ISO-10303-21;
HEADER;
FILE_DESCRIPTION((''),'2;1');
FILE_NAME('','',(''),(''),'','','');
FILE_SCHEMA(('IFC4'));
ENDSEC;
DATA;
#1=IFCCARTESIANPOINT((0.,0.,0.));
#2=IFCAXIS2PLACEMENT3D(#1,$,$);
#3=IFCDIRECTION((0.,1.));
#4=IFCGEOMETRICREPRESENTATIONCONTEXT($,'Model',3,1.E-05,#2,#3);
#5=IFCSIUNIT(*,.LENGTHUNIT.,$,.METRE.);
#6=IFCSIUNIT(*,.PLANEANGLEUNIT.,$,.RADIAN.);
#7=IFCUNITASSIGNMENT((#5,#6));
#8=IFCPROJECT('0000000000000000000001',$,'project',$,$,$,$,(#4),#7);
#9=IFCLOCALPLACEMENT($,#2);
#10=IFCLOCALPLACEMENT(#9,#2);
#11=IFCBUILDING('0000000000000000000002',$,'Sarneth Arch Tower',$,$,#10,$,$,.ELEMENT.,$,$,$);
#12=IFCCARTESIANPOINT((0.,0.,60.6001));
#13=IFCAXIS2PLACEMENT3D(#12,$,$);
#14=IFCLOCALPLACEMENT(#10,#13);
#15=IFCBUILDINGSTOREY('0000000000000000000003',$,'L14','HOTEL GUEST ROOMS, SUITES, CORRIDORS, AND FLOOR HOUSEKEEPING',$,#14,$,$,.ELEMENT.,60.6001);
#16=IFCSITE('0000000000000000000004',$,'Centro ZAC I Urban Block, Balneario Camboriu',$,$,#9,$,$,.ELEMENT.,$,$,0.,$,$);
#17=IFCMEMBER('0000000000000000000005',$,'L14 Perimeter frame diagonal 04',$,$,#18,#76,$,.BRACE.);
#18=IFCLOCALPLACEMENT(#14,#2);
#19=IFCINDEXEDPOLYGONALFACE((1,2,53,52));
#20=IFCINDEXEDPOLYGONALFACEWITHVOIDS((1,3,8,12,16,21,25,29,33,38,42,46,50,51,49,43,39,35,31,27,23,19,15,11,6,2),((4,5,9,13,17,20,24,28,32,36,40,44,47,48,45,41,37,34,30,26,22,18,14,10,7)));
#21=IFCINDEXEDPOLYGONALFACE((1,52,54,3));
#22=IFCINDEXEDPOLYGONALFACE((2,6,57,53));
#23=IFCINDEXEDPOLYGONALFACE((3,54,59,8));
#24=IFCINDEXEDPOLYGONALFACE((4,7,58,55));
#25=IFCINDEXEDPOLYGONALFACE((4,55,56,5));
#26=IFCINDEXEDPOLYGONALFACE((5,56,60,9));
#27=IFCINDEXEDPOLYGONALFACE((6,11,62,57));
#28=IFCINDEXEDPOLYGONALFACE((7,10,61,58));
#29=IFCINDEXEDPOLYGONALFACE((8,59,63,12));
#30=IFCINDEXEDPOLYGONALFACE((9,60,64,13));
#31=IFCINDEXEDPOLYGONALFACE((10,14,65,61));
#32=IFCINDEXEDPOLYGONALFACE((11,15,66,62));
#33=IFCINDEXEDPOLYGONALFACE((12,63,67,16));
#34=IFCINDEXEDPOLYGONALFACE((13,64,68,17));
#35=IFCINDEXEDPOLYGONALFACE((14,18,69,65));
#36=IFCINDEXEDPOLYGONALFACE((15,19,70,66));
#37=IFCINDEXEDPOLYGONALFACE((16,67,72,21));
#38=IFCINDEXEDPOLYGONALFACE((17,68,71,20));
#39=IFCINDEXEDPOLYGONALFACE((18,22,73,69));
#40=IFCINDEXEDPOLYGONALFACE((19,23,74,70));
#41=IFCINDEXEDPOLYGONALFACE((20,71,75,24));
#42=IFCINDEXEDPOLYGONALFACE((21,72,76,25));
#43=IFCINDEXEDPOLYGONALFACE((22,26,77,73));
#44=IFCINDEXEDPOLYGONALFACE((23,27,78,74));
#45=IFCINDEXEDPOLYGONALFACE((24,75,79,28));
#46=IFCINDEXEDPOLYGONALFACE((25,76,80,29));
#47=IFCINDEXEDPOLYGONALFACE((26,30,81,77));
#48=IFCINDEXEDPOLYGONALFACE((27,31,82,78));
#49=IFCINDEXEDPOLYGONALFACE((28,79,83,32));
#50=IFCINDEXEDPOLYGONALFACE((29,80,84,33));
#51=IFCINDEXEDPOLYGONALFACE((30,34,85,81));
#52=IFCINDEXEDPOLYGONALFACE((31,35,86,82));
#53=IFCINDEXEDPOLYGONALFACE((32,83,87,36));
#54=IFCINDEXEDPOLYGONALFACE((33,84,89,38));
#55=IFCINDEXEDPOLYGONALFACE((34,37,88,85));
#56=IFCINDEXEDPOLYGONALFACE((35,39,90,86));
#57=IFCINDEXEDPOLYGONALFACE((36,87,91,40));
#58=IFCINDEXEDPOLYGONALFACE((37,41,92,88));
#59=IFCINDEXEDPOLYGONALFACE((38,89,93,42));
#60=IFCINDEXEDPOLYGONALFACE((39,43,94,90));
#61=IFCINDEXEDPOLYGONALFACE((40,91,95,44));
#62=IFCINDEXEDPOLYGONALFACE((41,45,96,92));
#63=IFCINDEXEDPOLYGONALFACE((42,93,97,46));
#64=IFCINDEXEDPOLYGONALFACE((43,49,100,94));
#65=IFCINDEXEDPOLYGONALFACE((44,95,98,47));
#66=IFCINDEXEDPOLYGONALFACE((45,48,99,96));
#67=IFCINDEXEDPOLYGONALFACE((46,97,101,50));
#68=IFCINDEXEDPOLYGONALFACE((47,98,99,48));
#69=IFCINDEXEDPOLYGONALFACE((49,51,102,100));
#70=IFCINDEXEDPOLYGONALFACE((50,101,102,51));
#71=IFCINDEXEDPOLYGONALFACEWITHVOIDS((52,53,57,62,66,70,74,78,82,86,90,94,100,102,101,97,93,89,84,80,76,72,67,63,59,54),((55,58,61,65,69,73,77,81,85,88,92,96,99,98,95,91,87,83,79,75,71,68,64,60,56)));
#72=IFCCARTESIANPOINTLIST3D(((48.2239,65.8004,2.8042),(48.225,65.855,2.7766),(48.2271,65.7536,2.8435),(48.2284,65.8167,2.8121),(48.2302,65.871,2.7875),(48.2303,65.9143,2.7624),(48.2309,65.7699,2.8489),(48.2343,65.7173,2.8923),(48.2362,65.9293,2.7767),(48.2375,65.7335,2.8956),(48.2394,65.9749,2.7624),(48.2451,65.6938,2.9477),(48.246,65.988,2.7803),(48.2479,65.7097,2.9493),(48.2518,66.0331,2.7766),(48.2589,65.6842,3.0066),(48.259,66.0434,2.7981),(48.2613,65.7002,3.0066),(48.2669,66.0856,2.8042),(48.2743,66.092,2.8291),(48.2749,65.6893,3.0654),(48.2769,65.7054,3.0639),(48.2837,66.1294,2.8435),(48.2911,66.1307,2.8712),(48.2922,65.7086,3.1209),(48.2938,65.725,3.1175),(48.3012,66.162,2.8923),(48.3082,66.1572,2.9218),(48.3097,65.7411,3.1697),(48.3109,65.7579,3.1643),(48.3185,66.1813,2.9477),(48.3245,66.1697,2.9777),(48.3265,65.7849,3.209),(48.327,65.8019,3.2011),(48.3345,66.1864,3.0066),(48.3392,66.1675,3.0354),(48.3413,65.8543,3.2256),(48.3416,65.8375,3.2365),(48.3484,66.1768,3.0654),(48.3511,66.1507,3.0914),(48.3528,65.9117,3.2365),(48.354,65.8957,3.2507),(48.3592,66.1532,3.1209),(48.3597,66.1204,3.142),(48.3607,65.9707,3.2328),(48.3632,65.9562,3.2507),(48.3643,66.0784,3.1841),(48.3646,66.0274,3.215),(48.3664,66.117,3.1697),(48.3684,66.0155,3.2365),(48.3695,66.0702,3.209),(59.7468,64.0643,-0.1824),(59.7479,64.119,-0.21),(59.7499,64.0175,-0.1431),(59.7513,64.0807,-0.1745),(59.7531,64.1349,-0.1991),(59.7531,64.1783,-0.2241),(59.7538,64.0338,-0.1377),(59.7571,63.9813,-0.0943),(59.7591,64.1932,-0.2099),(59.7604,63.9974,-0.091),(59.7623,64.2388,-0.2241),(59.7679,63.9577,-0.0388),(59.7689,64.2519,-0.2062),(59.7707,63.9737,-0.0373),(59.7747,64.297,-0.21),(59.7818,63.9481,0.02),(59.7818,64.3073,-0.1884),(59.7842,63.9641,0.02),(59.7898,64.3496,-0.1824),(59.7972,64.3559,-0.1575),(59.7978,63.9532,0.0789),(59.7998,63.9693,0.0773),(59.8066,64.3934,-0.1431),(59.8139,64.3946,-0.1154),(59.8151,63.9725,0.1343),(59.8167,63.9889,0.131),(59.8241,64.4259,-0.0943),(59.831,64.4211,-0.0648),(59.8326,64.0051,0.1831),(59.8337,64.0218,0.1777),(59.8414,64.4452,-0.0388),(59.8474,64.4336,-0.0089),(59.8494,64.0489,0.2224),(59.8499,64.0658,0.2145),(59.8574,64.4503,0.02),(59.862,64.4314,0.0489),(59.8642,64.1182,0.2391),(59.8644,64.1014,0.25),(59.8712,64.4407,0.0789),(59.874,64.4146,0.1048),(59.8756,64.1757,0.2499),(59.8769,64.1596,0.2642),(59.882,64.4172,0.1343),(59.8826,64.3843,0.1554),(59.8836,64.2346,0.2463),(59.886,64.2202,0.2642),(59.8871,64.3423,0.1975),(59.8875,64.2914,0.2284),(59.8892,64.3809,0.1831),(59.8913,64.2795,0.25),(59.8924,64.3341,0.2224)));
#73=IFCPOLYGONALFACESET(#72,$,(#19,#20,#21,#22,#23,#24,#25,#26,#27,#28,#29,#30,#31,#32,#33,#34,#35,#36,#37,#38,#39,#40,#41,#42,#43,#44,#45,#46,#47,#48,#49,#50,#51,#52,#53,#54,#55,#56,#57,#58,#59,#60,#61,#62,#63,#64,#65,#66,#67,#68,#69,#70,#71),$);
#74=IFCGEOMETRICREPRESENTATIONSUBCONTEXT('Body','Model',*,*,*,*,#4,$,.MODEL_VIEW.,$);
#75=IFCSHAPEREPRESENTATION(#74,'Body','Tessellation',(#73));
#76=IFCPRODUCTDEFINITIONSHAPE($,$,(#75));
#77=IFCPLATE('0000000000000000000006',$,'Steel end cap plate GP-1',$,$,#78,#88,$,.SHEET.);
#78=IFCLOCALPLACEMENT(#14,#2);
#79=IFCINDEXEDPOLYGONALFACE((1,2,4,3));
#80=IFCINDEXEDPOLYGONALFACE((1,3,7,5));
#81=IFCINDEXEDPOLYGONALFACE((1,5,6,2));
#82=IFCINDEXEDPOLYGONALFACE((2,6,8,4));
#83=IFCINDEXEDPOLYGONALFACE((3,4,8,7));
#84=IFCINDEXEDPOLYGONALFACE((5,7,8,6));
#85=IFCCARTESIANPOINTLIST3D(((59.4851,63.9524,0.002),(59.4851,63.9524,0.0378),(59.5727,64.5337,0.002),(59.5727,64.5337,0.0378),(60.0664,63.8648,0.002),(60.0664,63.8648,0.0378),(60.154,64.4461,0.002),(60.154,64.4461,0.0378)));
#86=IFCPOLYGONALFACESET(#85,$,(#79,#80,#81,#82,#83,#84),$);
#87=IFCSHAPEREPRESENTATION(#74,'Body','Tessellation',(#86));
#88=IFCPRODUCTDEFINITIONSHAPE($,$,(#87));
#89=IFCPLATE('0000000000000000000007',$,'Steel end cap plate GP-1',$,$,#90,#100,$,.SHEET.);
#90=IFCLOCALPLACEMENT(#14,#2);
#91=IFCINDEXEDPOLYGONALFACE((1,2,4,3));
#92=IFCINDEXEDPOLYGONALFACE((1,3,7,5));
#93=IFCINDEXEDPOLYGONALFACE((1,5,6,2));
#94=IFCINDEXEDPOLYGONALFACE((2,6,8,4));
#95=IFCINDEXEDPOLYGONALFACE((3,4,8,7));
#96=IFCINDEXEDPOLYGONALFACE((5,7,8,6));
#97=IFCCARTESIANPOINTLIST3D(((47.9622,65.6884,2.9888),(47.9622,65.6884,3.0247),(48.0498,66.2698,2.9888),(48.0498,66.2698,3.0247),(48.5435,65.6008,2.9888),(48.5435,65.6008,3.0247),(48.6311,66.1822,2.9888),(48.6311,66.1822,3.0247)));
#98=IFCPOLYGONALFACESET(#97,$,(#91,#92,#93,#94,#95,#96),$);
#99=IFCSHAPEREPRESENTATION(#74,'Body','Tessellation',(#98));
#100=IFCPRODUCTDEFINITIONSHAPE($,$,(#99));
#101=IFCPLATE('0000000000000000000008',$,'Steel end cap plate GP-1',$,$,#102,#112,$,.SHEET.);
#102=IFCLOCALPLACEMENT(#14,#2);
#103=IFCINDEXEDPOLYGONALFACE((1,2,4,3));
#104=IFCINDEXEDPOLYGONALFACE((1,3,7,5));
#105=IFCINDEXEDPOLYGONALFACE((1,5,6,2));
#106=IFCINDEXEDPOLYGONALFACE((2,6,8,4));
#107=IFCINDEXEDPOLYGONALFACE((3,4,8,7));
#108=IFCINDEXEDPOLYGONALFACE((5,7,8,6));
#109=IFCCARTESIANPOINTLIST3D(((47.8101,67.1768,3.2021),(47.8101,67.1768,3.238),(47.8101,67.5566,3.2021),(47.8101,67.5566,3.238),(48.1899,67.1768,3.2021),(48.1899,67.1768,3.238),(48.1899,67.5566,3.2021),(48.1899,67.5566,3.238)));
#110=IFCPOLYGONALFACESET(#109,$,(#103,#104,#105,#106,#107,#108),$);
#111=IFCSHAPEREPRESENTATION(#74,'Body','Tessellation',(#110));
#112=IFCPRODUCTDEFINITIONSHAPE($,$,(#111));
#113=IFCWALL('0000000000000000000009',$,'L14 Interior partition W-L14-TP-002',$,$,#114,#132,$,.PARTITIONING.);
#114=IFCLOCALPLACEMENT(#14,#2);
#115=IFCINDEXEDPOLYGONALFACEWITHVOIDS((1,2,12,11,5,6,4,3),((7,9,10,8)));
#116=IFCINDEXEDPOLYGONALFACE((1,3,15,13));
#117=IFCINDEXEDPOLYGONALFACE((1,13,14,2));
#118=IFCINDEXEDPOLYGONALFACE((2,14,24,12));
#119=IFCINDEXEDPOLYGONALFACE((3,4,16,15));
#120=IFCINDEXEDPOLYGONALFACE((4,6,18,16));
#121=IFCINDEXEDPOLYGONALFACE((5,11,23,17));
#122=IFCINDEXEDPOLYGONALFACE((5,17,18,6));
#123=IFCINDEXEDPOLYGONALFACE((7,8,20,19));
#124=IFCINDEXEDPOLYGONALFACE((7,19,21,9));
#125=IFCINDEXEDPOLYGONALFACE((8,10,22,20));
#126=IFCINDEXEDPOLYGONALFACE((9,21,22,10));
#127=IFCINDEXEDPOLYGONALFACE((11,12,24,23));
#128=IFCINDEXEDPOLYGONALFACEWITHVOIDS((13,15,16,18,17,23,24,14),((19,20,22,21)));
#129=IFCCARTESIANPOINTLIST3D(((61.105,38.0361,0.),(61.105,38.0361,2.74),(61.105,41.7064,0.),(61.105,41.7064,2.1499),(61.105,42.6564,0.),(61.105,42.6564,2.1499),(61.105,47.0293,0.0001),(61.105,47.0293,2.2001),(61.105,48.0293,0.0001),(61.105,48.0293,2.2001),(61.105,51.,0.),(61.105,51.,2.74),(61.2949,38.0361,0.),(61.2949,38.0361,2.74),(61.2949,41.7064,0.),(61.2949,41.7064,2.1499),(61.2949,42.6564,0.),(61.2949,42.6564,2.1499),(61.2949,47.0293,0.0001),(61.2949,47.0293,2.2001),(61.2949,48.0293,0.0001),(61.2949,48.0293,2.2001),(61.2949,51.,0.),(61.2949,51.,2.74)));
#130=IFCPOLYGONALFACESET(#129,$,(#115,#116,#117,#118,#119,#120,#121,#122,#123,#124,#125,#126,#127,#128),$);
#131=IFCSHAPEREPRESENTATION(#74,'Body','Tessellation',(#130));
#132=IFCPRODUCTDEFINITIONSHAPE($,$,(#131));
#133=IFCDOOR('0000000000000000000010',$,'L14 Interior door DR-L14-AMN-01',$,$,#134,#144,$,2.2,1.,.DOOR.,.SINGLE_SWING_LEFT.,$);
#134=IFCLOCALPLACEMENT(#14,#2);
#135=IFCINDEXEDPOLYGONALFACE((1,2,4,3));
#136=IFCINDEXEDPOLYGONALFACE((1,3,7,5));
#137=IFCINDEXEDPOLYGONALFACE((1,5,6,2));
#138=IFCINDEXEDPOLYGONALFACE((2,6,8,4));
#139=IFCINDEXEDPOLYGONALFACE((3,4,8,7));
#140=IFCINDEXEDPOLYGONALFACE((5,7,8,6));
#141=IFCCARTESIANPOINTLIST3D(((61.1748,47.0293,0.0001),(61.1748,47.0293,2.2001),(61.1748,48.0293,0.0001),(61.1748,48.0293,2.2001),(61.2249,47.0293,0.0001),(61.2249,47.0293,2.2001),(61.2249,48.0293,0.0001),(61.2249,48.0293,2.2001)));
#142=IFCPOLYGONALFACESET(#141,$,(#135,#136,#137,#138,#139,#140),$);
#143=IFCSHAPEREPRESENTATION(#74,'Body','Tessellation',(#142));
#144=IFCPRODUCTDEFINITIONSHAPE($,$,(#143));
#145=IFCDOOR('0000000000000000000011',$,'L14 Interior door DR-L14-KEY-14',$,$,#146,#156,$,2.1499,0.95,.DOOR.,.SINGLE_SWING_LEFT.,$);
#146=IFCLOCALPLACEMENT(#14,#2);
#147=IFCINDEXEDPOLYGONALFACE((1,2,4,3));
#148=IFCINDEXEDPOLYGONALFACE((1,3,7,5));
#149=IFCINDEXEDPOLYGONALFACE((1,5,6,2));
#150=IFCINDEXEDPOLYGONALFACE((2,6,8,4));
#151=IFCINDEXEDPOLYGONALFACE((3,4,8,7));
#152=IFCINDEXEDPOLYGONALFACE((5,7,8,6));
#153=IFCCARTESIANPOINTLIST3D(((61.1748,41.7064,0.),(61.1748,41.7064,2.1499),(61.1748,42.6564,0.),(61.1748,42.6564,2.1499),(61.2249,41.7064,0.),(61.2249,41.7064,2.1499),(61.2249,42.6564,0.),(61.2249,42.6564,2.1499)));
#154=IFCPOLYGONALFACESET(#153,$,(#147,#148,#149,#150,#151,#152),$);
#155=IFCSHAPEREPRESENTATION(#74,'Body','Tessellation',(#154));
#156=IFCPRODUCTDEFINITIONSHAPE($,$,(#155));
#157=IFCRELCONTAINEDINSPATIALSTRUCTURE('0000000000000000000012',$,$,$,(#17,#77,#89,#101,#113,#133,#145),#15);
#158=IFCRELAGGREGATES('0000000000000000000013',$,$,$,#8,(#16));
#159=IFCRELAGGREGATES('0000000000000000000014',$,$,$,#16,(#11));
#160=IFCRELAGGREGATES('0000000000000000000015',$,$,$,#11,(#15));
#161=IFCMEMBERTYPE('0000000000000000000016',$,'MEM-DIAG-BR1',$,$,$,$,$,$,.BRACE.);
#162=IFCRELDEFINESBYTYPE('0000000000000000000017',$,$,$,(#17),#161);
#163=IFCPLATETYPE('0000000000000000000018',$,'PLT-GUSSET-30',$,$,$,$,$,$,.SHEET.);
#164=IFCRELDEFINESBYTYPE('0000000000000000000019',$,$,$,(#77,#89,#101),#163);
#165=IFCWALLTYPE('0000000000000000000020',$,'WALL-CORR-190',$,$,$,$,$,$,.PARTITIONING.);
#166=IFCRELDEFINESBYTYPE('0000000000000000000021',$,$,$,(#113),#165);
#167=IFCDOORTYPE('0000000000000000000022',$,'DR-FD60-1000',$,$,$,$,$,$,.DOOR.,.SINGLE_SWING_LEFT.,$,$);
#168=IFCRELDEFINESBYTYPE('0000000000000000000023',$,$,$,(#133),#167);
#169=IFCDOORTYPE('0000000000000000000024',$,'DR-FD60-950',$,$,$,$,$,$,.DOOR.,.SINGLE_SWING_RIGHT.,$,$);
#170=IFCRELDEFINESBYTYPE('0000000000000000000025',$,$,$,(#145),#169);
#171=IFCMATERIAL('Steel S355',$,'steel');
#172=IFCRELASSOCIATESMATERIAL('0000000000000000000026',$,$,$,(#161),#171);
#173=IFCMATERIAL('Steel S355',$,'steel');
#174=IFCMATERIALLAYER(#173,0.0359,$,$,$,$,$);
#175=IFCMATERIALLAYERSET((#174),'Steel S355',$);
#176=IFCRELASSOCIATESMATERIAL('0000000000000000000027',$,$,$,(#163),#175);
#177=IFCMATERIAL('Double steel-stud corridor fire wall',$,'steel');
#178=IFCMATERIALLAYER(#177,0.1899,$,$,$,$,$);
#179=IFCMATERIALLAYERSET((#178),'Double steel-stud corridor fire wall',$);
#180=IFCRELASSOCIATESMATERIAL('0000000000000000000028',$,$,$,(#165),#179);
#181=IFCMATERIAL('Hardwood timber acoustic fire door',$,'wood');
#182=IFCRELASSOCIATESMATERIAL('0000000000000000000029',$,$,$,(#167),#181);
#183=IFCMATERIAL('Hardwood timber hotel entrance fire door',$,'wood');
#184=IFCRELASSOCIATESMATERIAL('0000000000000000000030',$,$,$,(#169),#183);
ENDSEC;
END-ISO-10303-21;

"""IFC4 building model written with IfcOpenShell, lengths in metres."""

from ifc_helpers import new_model, si_unit, direction, frame, frame_2d, origin, origin_2d, place, context, subcontext, project, spatial, rectangle, hollow_circle, extrude, material, layer, layer_set, material_profile, profile_set, type_object, element, fill, save


model = new_model("IFC4")

# Units and contexts
model_context = context("Model", 3, precision=1e-05, world=origin(), true_north=direction((0.0, 1.0)))
body_context = subcontext(model_context, "Body", "Model", "MODEL_VIEW")
ifc_project = project(units=[si_unit("LENGTHUNIT", "METRE"), si_unit("PLANEANGLEUNIT", "RADIAN")], contexts=[model_context])

# Site, building, storey
site_placement = place(None, origin())
site = spatial("IfcSite", under=ifc_project, at=site_placement, Name="Centro ZAC I Urban Block, Balneario Camboriu", CompositionType="ELEMENT", RefElevation=0.0)
building_placement = place(site_placement, origin())
building = spatial("IfcBuilding", under=site, at=building_placement, Name="Sarneth Arch Tower", CompositionType="ELEMENT")
storey_placement = place(building_placement, frame((0.0, 0.0, 60.6001)))
storey = spatial("IfcBuildingStorey", under=building, at=storey_placement, Name="L14", Description="HOTEL GUEST ROOMS, SUITES, CORRIDORS, AND FLOOR HOUSEKEEPING", CompositionType="ELEMENT", Elevation=60.6001)

# Member
ifc_material_1 = material(Name="Steel S355", Category="steel")
ifc_material_profile_1 = material_profile(ifc_material_1, hollow_circle(Radius=0.2539, WallThickness=0.0161, at=origin_2d()), Name="CHS508x16")
ifc_profile_set_1 = profile_set([ifc_material_profile_1], Name="Steel S355")
member_type_1 = type_object("IfcMemberType", Name="MEM-DIAG-BR1", PredefinedType="BRACE", material=ifc_profile_set_1)
member_1_placement = place(storey_placement, frame((59.8196, 64.1992, 0.02), z_axis=(-0.957881, 0.144317, 0.248268), x_axis=(-0.148982, -0.98884, 0.0)))
element("IfcMember", 1, at=member_1_placement, inside=storey, type_object=member_type_1, Name="L14 Perimeter frame diagonal 04", PredefinedType="BRACE", context=body_context, shape_type="SweptSolid", body=[
    extrude(hollow_circle(Radius=0.2539, WallThickness=0.0161, at=origin_2d()), origin(), (0.0, 0.0, 1.0), 12.0295),
])

# Plates
ifc_material_2 = material(Name="Steel S355", Category="steel")
ifc_layer_1 = layer(ifc_material_2, 0.0359)
ifc_layer_set_1 = layer_set([ifc_layer_1], Name="Steel S355")
plate_type = type_object("IfcPlateType", Name="PLT-GUSSET-30", PredefinedType="SHEET", material=ifc_layer_set_1)
for number, where, z_axis, x_axis, name in (
    (2, (59.8196, 64.1992, 0.002), (0.0, 0.0, 1.0), (-0.988835, 0.149018, 0.0), "Steel end cap plate GP-1"),
    (3, (48.2966, 65.9353, 2.9888), (0.0, 0.0, 1.0), (-0.988835, 0.149018, 0.0), "Steel end cap plate GP-1"),
):
    element("IfcPlate", number, at=place(storey_placement, frame(where, z_axis=z_axis, x_axis=x_axis)), inside=storey, type_object=plate_type, Name=name, PredefinedType="SHEET", context=body_context, shape_type="SweptSolid", body=[
        extrude(rectangle(XDim=0.5879, YDim=0.5879, at=origin_2d()), origin(), (0.0, 0.0, 1.0), 0.0359),
    ])
plate_placement = place(storey_placement, frame((48.0, 67.3667, 3.2021), z_axis=(0.0, 0.0, 1.0), x_axis=(0.0, 1.0, 0.0)))
element("IfcPlate", 4, at=plate_placement, inside=storey, type_object=plate_type, Name="Steel end cap plate GP-1", PredefinedType="SHEET", context=body_context, shape_type="SweptSolid", body=[
    extrude(rectangle(XDim=0.3799, YDim=0.3799, at=origin_2d()), origin(), (0.0, 0.0, 1.0), 0.0359),
])

# Wall, openings, doors
ifc_material_3 = material(Name="Double steel-stud corridor fire wall", Category="steel")
ifc_layer_2 = layer(ifc_material_3, 0.1899)
ifc_layer_set_2 = layer_set([ifc_layer_2], Name="Double steel-stud corridor fire wall")
wall_type_1 = type_object("IfcWallType", Name="WALL-CORR-190", PredefinedType="PARTITIONING", material=ifc_layer_set_2)
wall_1_placement = place(storey_placement, frame((61.2, 51.0, 0.0), z_axis=(0.0, 0.0, 1.0), x_axis=(0.0, -1.0, 0.0)))
wall_1 = element("IfcWall", 5, at=wall_1_placement, inside=storey, type_object=wall_type_1, Name="L14 Interior partition W-L14-TP-002", PredefinedType="PARTITIONING", context=body_context, shape_type="SweptSolid", body=[
    extrude(rectangle(XDim=12.9639, YDim=0.1899, at=frame_2d((6.4819, 0.0))), origin(), (0.0, 0.0, 1.0), 2.74),
])
opening_1_placement = place(wall_1_placement, frame((2.9707, 0.0, 0.0)))
opening_1 = element("IfcOpeningElement", 6, at=opening_1_placement, cuts=wall_1, PredefinedType="OPENING", context=body_context, shape_type="SweptSolid", body=[
    extrude(rectangle(XDim=1.0, YDim=2.2, at=frame_2d((0.5, 1.1001))), frame((0.0, 0.105, 0.0), z_axis=(0.0, -1.0, 0.0), x_axis=(1.0, 0.0, 0.0)), (0.0, 0.0, 1.0), 0.21),
])
opening_2_placement = place(wall_1_placement, frame((8.3435, 0.0, 0.0)))
opening_2 = element("IfcOpeningElement", 7, at=opening_2_placement, cuts=wall_1, PredefinedType="OPENING", context=body_context, shape_type="SweptSolid", body=[
    extrude(rectangle(XDim=0.95, YDim=2.1499, at=frame_2d((0.4751, 1.075))), frame((0.0, 0.105, 0.0), z_axis=(0.0, -1.0, 0.0), x_axis=(1.0, 0.0, 0.0)), (0.0, 0.0, 1.0), 0.21),
])
ifc_material_4 = material(Name="Hardwood timber acoustic fire door", Category="wood")
door_type_1 = type_object("IfcDoorType", Name="DR-FD60-1000", OperationType="SINGLE_SWING_LEFT", PredefinedType="DOOR", material=ifc_material_4)
door_1_placement = place(opening_1_placement, origin())
door_1 = element("IfcDoor", 8, at=door_1_placement, inside=storey, type_object=door_type_1, Name="L14 Interior door DR-L14-AMN-01", OperationType="SINGLE_SWING_LEFT", OverallHeight=2.2, OverallWidth=1.0, PredefinedType="DOOR", context=body_context, shape_type="SweptSolid", body=[
    extrude(rectangle(XDim=1.0, YDim=2.2, at=frame_2d((0.5, 1.1001))), frame((0.0, 0.0249, 0.0), z_axis=(0.0, -1.0, 0.0), x_axis=(1.0, 0.0, 0.0)), (0.0, 0.0, 1.0), 0.05),
])
fill(opening_1, door_1)
ifc_material_5 = material(Name="Hardwood timber hotel entrance fire door", Category="wood")
door_type_2 = type_object("IfcDoorType", Name="DR-FD60-950", OperationType="SINGLE_SWING_RIGHT", PredefinedType="DOOR", material=ifc_material_5)
door_2_placement = place(opening_2_placement, origin())
door_2 = element("IfcDoor", 9, at=door_2_placement, inside=storey, type_object=door_type_2, Name="L14 Interior door DR-L14-KEY-14", OperationType="SINGLE_SWING_LEFT", OverallHeight=2.1499, OverallWidth=0.95, PredefinedType="DOOR", context=body_context, shape_type="SweptSolid", body=[
    extrude(rectangle(XDim=0.95, YDim=2.1499, at=frame_2d((0.4751, 1.075))), frame((0.0, 0.0249, 0.0), z_axis=(0.0, -1.0, 0.0), x_axis=(1.0, 0.0, 0.0)), (0.0, 0.0, 1.0), 0.05),
])
fill(opening_2, door_2)

save(model, "model.ifc")
